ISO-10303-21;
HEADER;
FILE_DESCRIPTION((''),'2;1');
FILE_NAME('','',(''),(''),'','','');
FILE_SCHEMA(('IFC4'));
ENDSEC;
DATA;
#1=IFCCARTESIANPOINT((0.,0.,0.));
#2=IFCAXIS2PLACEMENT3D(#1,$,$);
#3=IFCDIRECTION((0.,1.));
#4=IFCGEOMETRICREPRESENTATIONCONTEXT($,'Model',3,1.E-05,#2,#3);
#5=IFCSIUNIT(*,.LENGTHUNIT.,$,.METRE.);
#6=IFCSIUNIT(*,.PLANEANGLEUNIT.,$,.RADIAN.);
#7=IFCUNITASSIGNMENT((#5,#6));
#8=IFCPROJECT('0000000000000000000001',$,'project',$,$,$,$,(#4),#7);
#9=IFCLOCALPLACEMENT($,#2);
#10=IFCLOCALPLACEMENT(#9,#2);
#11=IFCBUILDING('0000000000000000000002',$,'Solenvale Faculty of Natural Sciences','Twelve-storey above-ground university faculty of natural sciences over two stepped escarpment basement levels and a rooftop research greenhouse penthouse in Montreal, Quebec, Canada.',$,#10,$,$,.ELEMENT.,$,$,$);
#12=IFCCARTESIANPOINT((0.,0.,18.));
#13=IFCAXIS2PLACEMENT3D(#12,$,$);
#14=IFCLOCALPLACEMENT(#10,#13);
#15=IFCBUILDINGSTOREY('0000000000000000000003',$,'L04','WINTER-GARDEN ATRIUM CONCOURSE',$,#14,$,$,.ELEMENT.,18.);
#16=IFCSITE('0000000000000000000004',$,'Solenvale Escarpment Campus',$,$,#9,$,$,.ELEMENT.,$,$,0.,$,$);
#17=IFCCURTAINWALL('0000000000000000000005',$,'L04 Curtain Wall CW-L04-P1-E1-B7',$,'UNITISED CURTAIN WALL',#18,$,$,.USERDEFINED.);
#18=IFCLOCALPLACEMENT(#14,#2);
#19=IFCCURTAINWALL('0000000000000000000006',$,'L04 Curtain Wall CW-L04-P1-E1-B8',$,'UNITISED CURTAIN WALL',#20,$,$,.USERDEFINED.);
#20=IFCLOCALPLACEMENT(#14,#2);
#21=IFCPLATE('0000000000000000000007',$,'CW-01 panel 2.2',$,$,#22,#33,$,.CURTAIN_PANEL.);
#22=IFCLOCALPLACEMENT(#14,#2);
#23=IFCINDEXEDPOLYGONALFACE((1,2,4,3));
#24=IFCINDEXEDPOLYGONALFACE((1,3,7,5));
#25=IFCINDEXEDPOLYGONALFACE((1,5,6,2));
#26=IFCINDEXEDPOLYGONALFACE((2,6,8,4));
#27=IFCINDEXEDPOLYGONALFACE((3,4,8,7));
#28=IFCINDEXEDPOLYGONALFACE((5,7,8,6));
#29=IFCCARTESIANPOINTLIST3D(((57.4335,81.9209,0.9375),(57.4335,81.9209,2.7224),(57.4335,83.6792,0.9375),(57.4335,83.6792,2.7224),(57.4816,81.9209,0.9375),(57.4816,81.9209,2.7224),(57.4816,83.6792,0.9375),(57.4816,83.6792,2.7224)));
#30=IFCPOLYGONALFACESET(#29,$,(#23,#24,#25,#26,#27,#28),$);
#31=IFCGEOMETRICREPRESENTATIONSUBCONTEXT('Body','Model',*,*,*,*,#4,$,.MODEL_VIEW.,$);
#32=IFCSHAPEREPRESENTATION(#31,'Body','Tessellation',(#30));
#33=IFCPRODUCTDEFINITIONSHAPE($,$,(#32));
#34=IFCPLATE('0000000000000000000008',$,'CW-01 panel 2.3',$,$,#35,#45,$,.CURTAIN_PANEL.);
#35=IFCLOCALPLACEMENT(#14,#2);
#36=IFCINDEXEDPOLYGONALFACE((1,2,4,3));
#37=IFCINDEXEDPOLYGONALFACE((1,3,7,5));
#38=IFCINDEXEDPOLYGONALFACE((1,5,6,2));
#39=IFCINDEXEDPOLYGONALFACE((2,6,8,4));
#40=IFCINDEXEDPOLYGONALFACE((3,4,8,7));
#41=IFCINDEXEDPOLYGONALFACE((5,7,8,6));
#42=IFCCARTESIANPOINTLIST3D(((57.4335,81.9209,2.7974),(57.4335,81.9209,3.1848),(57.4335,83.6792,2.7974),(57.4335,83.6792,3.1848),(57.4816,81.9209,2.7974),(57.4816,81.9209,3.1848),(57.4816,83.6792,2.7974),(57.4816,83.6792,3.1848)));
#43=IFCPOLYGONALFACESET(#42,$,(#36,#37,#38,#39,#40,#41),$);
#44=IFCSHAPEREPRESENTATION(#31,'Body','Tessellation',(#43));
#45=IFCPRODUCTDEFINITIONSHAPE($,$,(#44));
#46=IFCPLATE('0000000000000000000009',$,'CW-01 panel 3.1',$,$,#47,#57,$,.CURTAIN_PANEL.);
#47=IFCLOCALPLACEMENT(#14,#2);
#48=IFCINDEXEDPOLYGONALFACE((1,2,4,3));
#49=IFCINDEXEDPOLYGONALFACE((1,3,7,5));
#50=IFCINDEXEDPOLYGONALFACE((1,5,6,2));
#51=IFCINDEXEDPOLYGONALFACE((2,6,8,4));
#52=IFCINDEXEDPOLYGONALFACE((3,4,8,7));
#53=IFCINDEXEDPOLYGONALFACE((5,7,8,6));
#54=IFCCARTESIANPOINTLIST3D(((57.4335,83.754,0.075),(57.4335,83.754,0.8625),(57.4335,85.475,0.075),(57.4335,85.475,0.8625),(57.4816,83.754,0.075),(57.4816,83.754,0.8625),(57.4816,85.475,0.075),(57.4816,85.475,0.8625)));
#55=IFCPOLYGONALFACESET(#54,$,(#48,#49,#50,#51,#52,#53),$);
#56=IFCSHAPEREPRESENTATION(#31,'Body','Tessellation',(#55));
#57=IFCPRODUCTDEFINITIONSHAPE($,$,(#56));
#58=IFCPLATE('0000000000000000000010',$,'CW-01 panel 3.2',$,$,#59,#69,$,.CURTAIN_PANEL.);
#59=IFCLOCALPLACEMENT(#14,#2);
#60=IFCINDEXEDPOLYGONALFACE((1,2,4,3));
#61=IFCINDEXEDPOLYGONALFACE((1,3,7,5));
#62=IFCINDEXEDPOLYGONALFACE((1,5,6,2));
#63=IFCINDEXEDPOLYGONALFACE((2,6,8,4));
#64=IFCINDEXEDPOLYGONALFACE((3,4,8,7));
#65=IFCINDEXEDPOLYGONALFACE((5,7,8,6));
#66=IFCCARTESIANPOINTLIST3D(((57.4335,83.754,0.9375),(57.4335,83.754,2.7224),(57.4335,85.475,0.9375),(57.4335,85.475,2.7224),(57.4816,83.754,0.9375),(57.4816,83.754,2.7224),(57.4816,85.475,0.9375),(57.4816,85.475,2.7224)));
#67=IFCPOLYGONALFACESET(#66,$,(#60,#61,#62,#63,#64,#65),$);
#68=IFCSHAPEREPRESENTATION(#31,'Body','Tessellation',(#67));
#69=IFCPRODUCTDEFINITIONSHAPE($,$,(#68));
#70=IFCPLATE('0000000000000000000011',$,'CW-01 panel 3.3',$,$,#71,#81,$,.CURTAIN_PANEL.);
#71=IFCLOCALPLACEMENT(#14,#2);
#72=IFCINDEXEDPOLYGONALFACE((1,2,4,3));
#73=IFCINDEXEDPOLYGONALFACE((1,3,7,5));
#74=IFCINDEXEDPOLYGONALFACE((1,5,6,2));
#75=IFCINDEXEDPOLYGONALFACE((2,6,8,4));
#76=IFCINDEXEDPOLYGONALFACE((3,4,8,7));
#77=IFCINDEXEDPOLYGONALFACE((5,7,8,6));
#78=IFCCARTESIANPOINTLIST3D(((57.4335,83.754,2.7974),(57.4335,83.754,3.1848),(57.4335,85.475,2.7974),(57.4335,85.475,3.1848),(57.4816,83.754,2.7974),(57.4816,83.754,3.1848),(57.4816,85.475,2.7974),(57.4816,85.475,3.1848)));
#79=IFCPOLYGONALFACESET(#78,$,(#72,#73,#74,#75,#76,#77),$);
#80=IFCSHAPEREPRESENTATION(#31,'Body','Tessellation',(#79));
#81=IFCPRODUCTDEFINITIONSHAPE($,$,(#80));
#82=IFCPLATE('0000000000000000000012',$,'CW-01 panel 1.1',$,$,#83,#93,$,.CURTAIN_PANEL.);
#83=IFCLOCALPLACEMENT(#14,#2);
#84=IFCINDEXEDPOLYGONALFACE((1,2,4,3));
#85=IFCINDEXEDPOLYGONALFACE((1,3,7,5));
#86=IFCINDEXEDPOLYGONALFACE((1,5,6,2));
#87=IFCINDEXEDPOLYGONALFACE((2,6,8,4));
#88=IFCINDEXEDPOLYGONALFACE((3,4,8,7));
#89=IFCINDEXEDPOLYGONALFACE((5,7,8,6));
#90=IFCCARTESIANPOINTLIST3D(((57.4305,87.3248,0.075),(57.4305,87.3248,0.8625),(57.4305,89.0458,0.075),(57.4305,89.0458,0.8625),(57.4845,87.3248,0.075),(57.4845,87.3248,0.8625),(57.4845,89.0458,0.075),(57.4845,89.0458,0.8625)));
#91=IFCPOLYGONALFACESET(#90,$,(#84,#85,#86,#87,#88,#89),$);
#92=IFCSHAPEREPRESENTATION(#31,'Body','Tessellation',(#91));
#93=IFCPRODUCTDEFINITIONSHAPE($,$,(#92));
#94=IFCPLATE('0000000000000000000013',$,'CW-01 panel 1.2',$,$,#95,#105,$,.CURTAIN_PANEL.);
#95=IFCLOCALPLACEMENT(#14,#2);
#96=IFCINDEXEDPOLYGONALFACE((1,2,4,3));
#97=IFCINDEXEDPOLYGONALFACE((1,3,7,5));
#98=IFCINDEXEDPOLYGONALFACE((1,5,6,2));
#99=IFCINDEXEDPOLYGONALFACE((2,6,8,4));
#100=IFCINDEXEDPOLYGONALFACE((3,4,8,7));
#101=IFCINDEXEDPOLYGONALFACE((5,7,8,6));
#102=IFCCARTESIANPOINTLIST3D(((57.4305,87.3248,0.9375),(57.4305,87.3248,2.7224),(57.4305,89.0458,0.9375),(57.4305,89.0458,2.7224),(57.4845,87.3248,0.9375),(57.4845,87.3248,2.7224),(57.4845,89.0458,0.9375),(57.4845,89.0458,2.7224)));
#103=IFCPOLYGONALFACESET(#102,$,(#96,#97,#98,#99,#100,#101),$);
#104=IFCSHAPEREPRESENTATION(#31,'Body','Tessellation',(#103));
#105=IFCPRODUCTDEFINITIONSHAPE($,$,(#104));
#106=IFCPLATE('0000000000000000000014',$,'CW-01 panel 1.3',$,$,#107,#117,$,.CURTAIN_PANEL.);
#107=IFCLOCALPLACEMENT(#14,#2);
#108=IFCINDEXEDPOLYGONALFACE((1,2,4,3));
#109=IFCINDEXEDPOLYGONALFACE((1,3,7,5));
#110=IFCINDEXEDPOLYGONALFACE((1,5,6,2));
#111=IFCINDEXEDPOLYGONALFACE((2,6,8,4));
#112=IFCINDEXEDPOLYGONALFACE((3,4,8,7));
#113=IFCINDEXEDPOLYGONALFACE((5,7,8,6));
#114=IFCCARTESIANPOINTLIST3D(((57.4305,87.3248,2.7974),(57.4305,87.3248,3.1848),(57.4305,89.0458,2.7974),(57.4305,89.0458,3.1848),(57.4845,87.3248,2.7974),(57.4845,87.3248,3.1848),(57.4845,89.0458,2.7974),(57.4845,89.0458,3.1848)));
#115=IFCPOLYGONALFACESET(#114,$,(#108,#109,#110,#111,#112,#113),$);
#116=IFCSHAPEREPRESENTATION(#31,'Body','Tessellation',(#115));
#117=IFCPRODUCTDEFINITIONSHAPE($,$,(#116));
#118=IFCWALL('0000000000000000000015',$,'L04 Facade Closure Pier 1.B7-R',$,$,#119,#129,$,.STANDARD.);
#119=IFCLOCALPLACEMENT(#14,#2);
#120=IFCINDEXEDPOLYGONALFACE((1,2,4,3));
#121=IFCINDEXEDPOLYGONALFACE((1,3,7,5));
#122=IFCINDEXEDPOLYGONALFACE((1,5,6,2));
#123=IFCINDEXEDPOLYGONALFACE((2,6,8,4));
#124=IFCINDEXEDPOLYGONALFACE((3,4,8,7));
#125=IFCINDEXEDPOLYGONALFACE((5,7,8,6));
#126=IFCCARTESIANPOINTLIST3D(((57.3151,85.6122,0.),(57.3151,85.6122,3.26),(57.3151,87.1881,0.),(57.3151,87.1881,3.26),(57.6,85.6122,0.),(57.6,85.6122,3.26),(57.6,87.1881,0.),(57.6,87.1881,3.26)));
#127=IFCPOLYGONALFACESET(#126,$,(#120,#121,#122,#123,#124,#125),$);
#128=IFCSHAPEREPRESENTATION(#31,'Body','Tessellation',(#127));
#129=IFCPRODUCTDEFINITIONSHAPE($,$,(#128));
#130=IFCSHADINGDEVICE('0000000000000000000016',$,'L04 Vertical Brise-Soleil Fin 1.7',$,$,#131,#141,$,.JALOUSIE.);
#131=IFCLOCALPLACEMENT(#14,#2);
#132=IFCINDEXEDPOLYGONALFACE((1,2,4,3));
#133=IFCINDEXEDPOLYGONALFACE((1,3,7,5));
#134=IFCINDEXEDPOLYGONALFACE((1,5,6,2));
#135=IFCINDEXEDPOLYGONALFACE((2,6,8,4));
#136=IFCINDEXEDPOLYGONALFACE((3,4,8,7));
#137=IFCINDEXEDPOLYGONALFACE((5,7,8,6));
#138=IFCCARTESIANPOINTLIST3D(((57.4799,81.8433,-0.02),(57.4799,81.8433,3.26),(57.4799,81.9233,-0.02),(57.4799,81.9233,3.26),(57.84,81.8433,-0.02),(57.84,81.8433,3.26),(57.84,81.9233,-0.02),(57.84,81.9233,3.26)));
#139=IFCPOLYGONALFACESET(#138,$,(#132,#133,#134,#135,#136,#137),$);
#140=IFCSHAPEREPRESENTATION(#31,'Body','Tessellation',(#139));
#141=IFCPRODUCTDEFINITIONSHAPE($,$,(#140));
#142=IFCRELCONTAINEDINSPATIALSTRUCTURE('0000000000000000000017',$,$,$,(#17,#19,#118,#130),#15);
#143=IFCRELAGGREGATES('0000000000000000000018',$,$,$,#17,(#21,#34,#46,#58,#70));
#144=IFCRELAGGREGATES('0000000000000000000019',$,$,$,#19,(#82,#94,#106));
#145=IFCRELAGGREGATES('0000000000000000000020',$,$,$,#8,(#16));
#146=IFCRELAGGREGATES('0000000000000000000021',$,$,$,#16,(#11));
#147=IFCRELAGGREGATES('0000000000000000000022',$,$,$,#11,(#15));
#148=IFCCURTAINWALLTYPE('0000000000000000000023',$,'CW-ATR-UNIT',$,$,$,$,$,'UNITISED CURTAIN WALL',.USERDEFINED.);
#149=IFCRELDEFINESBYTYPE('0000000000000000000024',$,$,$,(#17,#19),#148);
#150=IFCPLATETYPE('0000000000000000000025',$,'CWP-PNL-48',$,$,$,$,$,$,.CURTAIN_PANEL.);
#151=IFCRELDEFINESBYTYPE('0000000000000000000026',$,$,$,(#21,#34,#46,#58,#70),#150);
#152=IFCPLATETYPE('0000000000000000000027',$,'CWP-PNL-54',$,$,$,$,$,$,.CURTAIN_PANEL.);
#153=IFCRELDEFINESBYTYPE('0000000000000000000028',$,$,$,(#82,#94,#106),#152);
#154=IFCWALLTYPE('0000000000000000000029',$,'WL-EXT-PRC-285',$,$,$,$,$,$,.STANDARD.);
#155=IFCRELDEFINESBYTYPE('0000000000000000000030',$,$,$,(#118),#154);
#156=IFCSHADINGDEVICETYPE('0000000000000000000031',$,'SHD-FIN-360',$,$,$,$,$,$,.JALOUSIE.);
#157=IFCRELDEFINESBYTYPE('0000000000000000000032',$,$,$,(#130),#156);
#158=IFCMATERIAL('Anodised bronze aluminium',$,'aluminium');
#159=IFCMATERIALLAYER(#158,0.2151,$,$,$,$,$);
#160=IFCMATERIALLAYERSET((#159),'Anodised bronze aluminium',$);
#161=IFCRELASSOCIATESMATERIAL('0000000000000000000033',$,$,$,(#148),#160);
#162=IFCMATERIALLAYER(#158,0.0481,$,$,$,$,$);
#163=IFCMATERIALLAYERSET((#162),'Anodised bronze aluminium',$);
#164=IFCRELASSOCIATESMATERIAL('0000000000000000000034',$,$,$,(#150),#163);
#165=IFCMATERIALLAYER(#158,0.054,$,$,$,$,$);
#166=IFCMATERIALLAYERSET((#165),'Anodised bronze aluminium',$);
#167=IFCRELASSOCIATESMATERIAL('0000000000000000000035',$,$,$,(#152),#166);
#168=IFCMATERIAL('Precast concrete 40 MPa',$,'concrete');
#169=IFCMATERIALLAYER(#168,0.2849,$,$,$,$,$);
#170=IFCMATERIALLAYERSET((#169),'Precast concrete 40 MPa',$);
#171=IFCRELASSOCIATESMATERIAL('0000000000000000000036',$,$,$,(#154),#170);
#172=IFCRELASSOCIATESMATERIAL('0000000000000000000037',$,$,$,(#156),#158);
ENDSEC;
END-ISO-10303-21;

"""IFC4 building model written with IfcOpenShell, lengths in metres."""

from ifc_helpers import new_model, si_unit, direction, frame, frame_2d, origin, origin_2d, place, context, subcontext, project, spatial, rectangle, extrude, material, layer, layer_set, material_profile, profile_set, type_object, element, aggregate, save


model = new_model("IFC4")

# Units and contexts
model_context = context("Model", 3, precision=1e-05, world=origin(), true_north=direction((0.0, 1.0)))
body_context = subcontext(model_context, "Body", "Model", "MODEL_VIEW")
ifc_project = project(units=[si_unit("LENGTHUNIT", "METRE"), si_unit("PLANEANGLEUNIT", "RADIAN")], contexts=[model_context])

# Site, building, storey
site_placement = place(None, origin())
site = spatial("IfcSite", under=ifc_project, at=site_placement, Name="Solenvale Escarpment Campus", CompositionType="ELEMENT", RefElevation=0.0)
building_placement = place(site_placement, origin())
building = spatial("IfcBuilding", under=site, at=building_placement, Name="Solenvale Faculty of Natural Sciences", Description="Twelve-storey above-ground university faculty of natural sciences over two stepped escarpment basement levels and a rooftop research greenhouse penthouse in Montreal, Quebec, Canada.", CompositionType="ELEMENT")
storey_placement = place(building_placement, frame((0.0, 0.0, 18.0)))
storey = spatial("IfcBuildingStorey", under=building, at=storey_placement, Name="L04", Description="WINTER-GARDEN ATRIUM CONCOURSE", CompositionType="ELEMENT", Elevation=18.0)

# Curtain wall
ifc_material_1 = material(Name="Anodised bronze aluminium", Category="aluminium")
ifc_layer_1 = layer(ifc_material_1, 0.2151)
ifc_layer_set_1 = layer_set([ifc_layer_1], Name="Anodised bronze aluminium")
curtain_wall_type = type_object("IfcCurtainWallType", Name="CW-ATR-UNIT", ElementType="UNITISED CURTAIN WALL", PredefinedType="USERDEFINED", material=ifc_layer_set_1)
curtain_wall_1_placement = place(storey_placement, origin())
curtain_wall_1 = element("IfcCurtainWall", 1, at=curtain_wall_1_placement, inside=storey, type_object=curtain_wall_type, Name="L04 Curtain Wall CW-L04-P1-E1-B7", ObjectType="UNITISED CURTAIN WALL", PredefinedType="USERDEFINED")

# Curtain wall
curtain_wall_2_placement = place(storey_placement, origin())
curtain_wall_2 = element("IfcCurtainWall", 2, at=curtain_wall_2_placement, inside=storey, type_object=curtain_wall_type, Name="L04 Curtain Wall CW-L04-P1-E1-B8", ObjectType="UNITISED CURTAIN WALL", PredefinedType="USERDEFINED")

# Plates
ifc_layer_2 = layer(ifc_material_1, 0.0481)
ifc_layer_set_2 = layer_set([ifc_layer_2], Name="Anodised bronze aluminium")
plate_type_1 = type_object("IfcPlateType", Name="CWP-PNL-48", PredefinedType="CURTAIN_PANEL", material=ifc_layer_set_2)
plate_1_placement = place(storey_placement, frame((57.4575, 82.8, 0.9375), z_axis=(0.0, 0.0, 1.0), x_axis=(0.0, 1.0, 0.0)))
plate_1 = element("IfcPlate", 3, at=plate_1_placement, type_object=plate_type_1, Name="CW-01 panel 2.2", PredefinedType="CURTAIN_PANEL", context=body_context, shape_type="SweptSolid", body=[
    extrude(rectangle(XDim=1.7583, YDim=0.0481, at=origin_2d()), origin(), (0.0, 0.0, 1.0), 1.7849),
])
plate_2_placement = place(storey_placement, frame((57.4575, 82.8, 2.7974), z_axis=(0.0, 0.0, 1.0), x_axis=(0.0, 1.0, 0.0)))
plate_2 = element("IfcPlate", 4, at=plate_2_placement, type_object=plate_type_1, Name="CW-01 panel 2.3", PredefinedType="CURTAIN_PANEL", context=body_context, shape_type="SweptSolid", body=[
    extrude(rectangle(XDim=1.7583, YDim=0.0481, at=origin_2d()), origin(), (0.0, 0.0, 1.0), 0.3875),
])
plate_3_placement = place(storey_placement, frame((57.4575, 84.6145, 0.075), z_axis=(0.0, 0.0, 1.0), x_axis=(0.0, 1.0, 0.0)))
plate_3 = element("IfcPlate", 5, at=plate_3_placement, type_object=plate_type_1, Name="CW-01 panel 3.1", PredefinedType="CURTAIN_PANEL", context=body_context, shape_type="SweptSolid", body=[
    extrude(rectangle(XDim=1.7209, YDim=0.0481, at=origin_2d()), origin(), (0.0, 0.0, 1.0), 0.7876),
])
plate_4_placement = place(storey_placement, frame((57.4575, 84.6145, 0.9375), z_axis=(0.0, 0.0, 1.0), x_axis=(0.0, 1.0, 0.0)))
plate_4 = element("IfcPlate", 6, at=plate_4_placement, type_object=plate_type_1, Name="CW-01 panel 3.2", PredefinedType="CURTAIN_PANEL", context=body_context, shape_type="SweptSolid", body=[
    extrude(rectangle(XDim=1.7209, YDim=0.0481, at=origin_2d()), origin(), (0.0, 0.0, 1.0), 1.7849),
])
plate_5_placement = place(storey_placement, frame((57.4575, 84.6145, 2.7974), z_axis=(0.0, 0.0, 1.0), x_axis=(0.0, 1.0, 0.0)))
plate_5 = element("IfcPlate", 7, at=plate_5_placement, type_object=plate_type_1, Name="CW-01 panel 3.3", PredefinedType="CURTAIN_PANEL", context=body_context, shape_type="SweptSolid", body=[
    extrude(rectangle(XDim=1.7209, YDim=0.0481, at=origin_2d()), origin(), (0.0, 0.0, 1.0), 0.3875),
])
aggregate(curtain_wall_1, [plate_1, plate_2, plate_3, plate_4, plate_5])
ifc_layer_3 = layer(ifc_material_1, 0.054)
ifc_layer_set_3 = layer_set([ifc_layer_3], Name="Anodised bronze aluminium")
plate_type_2 = type_object("IfcPlateType", Name="CWP-PNL-54", PredefinedType="CURTAIN_PANEL", material=ifc_layer_set_3)
plate_6_placement = place(storey_placement, frame((57.4575, 88.1853, 0.075), z_axis=(0.0, 0.0, 1.0), x_axis=(0.0, 1.0, 0.0)))
plate_6 = element("IfcPlate", 8, at=plate_6_placement, type_object=plate_type_2, Name="CW-01 panel 1.1", PredefinedType="CURTAIN_PANEL", context=body_context, shape_type="SweptSolid", body=[
    extrude(rectangle(XDim=1.7209, YDim=0.054, at=origin_2d()), origin(), (0.0, 0.0, 1.0), 0.7876),
])
plate_7_placement = place(storey_placement, frame((57.4575, 88.1853, 0.9375), z_axis=(0.0, 0.0, 1.0), x_axis=(0.0, 1.0, 0.0)))
plate_7 = element("IfcPlate", 9, at=plate_7_placement, type_object=plate_type_2, Name="CW-01 panel 1.2", PredefinedType="CURTAIN_PANEL", context=body_context, shape_type="SweptSolid", body=[
    extrude(rectangle(XDim=1.7209, YDim=0.054, at=origin_2d()), origin(), (0.0, 0.0, 1.0), 1.7849),
])
plate_8_placement = place(storey_placement, frame((57.4575, 88.1853, 2.7974), z_axis=(0.0, 0.0, 1.0), x_axis=(0.0, 1.0, 0.0)))
plate_8 = element("IfcPlate", 10, at=plate_8_placement, type_object=plate_type_2, Name="CW-01 panel 1.3", PredefinedType="CURTAIN_PANEL", context=body_context, shape_type="SweptSolid", body=[
    extrude(rectangle(XDim=1.7209, YDim=0.054, at=origin_2d()), origin(), (0.0, 0.0, 1.0), 0.3875),
])
aggregate(curtain_wall_2, [plate_6, plate_7, plate_8])

# Wall
ifc_material_2 = material(Name="Precast concrete 40 MPa", Category="concrete")
ifc_layer_4 = layer(ifc_material_2, 0.2849)
ifc_layer_set_4 = layer_set([ifc_layer_4], Name="Precast concrete 40 MPa")
wall_type = type_object("IfcWallType", Name="WL-EXT-PRC-285", PredefinedType="STANDARD", material=ifc_layer_set_4)
wall_placement = place(storey_placement, frame((57.4575, 85.6121, 0.0), z_axis=(0.0, 0.0, 1.0), x_axis=(0.0, 1.0, 0.0)))
element("IfcWall", 11, at=wall_placement, inside=storey, type_object=wall_type, Name="L04 Facade Closure Pier 1.B7-R", PredefinedType="STANDARD", context=body_context, shape_type="SweptSolid", body=[
    extrude(rectangle(XDim=1.5759, YDim=0.2849, at=frame_2d((0.7881, 0.0))), origin(), (0.0, 0.0, 1.0), 3.26),
])

# Shading device
ifc_material_profile_1 = material_profile(ifc_material_1, rectangle(XDim=0.0801, YDim=0.3601, at=origin_2d()), Name="ALU-FIN-80x360")
ifc_profile_set_1 = profile_set([ifc_material_profile_1], Name="Anodised bronze aluminium")
shading_device_type = type_object("IfcShadingDeviceType", Name="SHD-FIN-360", PredefinedType="JALOUSIE", material=ifc_profile_set_1)
shading_device_placement = place(storey_placement, frame((57.6599, 81.8833, -0.02), z_axis=(0.0, 0.0, 1.0), x_axis=(0.0, 1.0, 0.0)))
element("IfcShadingDevice", 12, at=shading_device_placement, inside=storey, type_object=shading_device_type, Name="L04 Vertical Brise-Soleil Fin 1.7", PredefinedType="JALOUSIE", context=body_context, shape_type="SweptSolid", body=[
    extrude(rectangle(XDim=0.0801, YDim=0.3601, at=origin_2d()), origin(), (0.0, 0.0, 1.0), 3.28),
])

save(model, "model.ifc")
